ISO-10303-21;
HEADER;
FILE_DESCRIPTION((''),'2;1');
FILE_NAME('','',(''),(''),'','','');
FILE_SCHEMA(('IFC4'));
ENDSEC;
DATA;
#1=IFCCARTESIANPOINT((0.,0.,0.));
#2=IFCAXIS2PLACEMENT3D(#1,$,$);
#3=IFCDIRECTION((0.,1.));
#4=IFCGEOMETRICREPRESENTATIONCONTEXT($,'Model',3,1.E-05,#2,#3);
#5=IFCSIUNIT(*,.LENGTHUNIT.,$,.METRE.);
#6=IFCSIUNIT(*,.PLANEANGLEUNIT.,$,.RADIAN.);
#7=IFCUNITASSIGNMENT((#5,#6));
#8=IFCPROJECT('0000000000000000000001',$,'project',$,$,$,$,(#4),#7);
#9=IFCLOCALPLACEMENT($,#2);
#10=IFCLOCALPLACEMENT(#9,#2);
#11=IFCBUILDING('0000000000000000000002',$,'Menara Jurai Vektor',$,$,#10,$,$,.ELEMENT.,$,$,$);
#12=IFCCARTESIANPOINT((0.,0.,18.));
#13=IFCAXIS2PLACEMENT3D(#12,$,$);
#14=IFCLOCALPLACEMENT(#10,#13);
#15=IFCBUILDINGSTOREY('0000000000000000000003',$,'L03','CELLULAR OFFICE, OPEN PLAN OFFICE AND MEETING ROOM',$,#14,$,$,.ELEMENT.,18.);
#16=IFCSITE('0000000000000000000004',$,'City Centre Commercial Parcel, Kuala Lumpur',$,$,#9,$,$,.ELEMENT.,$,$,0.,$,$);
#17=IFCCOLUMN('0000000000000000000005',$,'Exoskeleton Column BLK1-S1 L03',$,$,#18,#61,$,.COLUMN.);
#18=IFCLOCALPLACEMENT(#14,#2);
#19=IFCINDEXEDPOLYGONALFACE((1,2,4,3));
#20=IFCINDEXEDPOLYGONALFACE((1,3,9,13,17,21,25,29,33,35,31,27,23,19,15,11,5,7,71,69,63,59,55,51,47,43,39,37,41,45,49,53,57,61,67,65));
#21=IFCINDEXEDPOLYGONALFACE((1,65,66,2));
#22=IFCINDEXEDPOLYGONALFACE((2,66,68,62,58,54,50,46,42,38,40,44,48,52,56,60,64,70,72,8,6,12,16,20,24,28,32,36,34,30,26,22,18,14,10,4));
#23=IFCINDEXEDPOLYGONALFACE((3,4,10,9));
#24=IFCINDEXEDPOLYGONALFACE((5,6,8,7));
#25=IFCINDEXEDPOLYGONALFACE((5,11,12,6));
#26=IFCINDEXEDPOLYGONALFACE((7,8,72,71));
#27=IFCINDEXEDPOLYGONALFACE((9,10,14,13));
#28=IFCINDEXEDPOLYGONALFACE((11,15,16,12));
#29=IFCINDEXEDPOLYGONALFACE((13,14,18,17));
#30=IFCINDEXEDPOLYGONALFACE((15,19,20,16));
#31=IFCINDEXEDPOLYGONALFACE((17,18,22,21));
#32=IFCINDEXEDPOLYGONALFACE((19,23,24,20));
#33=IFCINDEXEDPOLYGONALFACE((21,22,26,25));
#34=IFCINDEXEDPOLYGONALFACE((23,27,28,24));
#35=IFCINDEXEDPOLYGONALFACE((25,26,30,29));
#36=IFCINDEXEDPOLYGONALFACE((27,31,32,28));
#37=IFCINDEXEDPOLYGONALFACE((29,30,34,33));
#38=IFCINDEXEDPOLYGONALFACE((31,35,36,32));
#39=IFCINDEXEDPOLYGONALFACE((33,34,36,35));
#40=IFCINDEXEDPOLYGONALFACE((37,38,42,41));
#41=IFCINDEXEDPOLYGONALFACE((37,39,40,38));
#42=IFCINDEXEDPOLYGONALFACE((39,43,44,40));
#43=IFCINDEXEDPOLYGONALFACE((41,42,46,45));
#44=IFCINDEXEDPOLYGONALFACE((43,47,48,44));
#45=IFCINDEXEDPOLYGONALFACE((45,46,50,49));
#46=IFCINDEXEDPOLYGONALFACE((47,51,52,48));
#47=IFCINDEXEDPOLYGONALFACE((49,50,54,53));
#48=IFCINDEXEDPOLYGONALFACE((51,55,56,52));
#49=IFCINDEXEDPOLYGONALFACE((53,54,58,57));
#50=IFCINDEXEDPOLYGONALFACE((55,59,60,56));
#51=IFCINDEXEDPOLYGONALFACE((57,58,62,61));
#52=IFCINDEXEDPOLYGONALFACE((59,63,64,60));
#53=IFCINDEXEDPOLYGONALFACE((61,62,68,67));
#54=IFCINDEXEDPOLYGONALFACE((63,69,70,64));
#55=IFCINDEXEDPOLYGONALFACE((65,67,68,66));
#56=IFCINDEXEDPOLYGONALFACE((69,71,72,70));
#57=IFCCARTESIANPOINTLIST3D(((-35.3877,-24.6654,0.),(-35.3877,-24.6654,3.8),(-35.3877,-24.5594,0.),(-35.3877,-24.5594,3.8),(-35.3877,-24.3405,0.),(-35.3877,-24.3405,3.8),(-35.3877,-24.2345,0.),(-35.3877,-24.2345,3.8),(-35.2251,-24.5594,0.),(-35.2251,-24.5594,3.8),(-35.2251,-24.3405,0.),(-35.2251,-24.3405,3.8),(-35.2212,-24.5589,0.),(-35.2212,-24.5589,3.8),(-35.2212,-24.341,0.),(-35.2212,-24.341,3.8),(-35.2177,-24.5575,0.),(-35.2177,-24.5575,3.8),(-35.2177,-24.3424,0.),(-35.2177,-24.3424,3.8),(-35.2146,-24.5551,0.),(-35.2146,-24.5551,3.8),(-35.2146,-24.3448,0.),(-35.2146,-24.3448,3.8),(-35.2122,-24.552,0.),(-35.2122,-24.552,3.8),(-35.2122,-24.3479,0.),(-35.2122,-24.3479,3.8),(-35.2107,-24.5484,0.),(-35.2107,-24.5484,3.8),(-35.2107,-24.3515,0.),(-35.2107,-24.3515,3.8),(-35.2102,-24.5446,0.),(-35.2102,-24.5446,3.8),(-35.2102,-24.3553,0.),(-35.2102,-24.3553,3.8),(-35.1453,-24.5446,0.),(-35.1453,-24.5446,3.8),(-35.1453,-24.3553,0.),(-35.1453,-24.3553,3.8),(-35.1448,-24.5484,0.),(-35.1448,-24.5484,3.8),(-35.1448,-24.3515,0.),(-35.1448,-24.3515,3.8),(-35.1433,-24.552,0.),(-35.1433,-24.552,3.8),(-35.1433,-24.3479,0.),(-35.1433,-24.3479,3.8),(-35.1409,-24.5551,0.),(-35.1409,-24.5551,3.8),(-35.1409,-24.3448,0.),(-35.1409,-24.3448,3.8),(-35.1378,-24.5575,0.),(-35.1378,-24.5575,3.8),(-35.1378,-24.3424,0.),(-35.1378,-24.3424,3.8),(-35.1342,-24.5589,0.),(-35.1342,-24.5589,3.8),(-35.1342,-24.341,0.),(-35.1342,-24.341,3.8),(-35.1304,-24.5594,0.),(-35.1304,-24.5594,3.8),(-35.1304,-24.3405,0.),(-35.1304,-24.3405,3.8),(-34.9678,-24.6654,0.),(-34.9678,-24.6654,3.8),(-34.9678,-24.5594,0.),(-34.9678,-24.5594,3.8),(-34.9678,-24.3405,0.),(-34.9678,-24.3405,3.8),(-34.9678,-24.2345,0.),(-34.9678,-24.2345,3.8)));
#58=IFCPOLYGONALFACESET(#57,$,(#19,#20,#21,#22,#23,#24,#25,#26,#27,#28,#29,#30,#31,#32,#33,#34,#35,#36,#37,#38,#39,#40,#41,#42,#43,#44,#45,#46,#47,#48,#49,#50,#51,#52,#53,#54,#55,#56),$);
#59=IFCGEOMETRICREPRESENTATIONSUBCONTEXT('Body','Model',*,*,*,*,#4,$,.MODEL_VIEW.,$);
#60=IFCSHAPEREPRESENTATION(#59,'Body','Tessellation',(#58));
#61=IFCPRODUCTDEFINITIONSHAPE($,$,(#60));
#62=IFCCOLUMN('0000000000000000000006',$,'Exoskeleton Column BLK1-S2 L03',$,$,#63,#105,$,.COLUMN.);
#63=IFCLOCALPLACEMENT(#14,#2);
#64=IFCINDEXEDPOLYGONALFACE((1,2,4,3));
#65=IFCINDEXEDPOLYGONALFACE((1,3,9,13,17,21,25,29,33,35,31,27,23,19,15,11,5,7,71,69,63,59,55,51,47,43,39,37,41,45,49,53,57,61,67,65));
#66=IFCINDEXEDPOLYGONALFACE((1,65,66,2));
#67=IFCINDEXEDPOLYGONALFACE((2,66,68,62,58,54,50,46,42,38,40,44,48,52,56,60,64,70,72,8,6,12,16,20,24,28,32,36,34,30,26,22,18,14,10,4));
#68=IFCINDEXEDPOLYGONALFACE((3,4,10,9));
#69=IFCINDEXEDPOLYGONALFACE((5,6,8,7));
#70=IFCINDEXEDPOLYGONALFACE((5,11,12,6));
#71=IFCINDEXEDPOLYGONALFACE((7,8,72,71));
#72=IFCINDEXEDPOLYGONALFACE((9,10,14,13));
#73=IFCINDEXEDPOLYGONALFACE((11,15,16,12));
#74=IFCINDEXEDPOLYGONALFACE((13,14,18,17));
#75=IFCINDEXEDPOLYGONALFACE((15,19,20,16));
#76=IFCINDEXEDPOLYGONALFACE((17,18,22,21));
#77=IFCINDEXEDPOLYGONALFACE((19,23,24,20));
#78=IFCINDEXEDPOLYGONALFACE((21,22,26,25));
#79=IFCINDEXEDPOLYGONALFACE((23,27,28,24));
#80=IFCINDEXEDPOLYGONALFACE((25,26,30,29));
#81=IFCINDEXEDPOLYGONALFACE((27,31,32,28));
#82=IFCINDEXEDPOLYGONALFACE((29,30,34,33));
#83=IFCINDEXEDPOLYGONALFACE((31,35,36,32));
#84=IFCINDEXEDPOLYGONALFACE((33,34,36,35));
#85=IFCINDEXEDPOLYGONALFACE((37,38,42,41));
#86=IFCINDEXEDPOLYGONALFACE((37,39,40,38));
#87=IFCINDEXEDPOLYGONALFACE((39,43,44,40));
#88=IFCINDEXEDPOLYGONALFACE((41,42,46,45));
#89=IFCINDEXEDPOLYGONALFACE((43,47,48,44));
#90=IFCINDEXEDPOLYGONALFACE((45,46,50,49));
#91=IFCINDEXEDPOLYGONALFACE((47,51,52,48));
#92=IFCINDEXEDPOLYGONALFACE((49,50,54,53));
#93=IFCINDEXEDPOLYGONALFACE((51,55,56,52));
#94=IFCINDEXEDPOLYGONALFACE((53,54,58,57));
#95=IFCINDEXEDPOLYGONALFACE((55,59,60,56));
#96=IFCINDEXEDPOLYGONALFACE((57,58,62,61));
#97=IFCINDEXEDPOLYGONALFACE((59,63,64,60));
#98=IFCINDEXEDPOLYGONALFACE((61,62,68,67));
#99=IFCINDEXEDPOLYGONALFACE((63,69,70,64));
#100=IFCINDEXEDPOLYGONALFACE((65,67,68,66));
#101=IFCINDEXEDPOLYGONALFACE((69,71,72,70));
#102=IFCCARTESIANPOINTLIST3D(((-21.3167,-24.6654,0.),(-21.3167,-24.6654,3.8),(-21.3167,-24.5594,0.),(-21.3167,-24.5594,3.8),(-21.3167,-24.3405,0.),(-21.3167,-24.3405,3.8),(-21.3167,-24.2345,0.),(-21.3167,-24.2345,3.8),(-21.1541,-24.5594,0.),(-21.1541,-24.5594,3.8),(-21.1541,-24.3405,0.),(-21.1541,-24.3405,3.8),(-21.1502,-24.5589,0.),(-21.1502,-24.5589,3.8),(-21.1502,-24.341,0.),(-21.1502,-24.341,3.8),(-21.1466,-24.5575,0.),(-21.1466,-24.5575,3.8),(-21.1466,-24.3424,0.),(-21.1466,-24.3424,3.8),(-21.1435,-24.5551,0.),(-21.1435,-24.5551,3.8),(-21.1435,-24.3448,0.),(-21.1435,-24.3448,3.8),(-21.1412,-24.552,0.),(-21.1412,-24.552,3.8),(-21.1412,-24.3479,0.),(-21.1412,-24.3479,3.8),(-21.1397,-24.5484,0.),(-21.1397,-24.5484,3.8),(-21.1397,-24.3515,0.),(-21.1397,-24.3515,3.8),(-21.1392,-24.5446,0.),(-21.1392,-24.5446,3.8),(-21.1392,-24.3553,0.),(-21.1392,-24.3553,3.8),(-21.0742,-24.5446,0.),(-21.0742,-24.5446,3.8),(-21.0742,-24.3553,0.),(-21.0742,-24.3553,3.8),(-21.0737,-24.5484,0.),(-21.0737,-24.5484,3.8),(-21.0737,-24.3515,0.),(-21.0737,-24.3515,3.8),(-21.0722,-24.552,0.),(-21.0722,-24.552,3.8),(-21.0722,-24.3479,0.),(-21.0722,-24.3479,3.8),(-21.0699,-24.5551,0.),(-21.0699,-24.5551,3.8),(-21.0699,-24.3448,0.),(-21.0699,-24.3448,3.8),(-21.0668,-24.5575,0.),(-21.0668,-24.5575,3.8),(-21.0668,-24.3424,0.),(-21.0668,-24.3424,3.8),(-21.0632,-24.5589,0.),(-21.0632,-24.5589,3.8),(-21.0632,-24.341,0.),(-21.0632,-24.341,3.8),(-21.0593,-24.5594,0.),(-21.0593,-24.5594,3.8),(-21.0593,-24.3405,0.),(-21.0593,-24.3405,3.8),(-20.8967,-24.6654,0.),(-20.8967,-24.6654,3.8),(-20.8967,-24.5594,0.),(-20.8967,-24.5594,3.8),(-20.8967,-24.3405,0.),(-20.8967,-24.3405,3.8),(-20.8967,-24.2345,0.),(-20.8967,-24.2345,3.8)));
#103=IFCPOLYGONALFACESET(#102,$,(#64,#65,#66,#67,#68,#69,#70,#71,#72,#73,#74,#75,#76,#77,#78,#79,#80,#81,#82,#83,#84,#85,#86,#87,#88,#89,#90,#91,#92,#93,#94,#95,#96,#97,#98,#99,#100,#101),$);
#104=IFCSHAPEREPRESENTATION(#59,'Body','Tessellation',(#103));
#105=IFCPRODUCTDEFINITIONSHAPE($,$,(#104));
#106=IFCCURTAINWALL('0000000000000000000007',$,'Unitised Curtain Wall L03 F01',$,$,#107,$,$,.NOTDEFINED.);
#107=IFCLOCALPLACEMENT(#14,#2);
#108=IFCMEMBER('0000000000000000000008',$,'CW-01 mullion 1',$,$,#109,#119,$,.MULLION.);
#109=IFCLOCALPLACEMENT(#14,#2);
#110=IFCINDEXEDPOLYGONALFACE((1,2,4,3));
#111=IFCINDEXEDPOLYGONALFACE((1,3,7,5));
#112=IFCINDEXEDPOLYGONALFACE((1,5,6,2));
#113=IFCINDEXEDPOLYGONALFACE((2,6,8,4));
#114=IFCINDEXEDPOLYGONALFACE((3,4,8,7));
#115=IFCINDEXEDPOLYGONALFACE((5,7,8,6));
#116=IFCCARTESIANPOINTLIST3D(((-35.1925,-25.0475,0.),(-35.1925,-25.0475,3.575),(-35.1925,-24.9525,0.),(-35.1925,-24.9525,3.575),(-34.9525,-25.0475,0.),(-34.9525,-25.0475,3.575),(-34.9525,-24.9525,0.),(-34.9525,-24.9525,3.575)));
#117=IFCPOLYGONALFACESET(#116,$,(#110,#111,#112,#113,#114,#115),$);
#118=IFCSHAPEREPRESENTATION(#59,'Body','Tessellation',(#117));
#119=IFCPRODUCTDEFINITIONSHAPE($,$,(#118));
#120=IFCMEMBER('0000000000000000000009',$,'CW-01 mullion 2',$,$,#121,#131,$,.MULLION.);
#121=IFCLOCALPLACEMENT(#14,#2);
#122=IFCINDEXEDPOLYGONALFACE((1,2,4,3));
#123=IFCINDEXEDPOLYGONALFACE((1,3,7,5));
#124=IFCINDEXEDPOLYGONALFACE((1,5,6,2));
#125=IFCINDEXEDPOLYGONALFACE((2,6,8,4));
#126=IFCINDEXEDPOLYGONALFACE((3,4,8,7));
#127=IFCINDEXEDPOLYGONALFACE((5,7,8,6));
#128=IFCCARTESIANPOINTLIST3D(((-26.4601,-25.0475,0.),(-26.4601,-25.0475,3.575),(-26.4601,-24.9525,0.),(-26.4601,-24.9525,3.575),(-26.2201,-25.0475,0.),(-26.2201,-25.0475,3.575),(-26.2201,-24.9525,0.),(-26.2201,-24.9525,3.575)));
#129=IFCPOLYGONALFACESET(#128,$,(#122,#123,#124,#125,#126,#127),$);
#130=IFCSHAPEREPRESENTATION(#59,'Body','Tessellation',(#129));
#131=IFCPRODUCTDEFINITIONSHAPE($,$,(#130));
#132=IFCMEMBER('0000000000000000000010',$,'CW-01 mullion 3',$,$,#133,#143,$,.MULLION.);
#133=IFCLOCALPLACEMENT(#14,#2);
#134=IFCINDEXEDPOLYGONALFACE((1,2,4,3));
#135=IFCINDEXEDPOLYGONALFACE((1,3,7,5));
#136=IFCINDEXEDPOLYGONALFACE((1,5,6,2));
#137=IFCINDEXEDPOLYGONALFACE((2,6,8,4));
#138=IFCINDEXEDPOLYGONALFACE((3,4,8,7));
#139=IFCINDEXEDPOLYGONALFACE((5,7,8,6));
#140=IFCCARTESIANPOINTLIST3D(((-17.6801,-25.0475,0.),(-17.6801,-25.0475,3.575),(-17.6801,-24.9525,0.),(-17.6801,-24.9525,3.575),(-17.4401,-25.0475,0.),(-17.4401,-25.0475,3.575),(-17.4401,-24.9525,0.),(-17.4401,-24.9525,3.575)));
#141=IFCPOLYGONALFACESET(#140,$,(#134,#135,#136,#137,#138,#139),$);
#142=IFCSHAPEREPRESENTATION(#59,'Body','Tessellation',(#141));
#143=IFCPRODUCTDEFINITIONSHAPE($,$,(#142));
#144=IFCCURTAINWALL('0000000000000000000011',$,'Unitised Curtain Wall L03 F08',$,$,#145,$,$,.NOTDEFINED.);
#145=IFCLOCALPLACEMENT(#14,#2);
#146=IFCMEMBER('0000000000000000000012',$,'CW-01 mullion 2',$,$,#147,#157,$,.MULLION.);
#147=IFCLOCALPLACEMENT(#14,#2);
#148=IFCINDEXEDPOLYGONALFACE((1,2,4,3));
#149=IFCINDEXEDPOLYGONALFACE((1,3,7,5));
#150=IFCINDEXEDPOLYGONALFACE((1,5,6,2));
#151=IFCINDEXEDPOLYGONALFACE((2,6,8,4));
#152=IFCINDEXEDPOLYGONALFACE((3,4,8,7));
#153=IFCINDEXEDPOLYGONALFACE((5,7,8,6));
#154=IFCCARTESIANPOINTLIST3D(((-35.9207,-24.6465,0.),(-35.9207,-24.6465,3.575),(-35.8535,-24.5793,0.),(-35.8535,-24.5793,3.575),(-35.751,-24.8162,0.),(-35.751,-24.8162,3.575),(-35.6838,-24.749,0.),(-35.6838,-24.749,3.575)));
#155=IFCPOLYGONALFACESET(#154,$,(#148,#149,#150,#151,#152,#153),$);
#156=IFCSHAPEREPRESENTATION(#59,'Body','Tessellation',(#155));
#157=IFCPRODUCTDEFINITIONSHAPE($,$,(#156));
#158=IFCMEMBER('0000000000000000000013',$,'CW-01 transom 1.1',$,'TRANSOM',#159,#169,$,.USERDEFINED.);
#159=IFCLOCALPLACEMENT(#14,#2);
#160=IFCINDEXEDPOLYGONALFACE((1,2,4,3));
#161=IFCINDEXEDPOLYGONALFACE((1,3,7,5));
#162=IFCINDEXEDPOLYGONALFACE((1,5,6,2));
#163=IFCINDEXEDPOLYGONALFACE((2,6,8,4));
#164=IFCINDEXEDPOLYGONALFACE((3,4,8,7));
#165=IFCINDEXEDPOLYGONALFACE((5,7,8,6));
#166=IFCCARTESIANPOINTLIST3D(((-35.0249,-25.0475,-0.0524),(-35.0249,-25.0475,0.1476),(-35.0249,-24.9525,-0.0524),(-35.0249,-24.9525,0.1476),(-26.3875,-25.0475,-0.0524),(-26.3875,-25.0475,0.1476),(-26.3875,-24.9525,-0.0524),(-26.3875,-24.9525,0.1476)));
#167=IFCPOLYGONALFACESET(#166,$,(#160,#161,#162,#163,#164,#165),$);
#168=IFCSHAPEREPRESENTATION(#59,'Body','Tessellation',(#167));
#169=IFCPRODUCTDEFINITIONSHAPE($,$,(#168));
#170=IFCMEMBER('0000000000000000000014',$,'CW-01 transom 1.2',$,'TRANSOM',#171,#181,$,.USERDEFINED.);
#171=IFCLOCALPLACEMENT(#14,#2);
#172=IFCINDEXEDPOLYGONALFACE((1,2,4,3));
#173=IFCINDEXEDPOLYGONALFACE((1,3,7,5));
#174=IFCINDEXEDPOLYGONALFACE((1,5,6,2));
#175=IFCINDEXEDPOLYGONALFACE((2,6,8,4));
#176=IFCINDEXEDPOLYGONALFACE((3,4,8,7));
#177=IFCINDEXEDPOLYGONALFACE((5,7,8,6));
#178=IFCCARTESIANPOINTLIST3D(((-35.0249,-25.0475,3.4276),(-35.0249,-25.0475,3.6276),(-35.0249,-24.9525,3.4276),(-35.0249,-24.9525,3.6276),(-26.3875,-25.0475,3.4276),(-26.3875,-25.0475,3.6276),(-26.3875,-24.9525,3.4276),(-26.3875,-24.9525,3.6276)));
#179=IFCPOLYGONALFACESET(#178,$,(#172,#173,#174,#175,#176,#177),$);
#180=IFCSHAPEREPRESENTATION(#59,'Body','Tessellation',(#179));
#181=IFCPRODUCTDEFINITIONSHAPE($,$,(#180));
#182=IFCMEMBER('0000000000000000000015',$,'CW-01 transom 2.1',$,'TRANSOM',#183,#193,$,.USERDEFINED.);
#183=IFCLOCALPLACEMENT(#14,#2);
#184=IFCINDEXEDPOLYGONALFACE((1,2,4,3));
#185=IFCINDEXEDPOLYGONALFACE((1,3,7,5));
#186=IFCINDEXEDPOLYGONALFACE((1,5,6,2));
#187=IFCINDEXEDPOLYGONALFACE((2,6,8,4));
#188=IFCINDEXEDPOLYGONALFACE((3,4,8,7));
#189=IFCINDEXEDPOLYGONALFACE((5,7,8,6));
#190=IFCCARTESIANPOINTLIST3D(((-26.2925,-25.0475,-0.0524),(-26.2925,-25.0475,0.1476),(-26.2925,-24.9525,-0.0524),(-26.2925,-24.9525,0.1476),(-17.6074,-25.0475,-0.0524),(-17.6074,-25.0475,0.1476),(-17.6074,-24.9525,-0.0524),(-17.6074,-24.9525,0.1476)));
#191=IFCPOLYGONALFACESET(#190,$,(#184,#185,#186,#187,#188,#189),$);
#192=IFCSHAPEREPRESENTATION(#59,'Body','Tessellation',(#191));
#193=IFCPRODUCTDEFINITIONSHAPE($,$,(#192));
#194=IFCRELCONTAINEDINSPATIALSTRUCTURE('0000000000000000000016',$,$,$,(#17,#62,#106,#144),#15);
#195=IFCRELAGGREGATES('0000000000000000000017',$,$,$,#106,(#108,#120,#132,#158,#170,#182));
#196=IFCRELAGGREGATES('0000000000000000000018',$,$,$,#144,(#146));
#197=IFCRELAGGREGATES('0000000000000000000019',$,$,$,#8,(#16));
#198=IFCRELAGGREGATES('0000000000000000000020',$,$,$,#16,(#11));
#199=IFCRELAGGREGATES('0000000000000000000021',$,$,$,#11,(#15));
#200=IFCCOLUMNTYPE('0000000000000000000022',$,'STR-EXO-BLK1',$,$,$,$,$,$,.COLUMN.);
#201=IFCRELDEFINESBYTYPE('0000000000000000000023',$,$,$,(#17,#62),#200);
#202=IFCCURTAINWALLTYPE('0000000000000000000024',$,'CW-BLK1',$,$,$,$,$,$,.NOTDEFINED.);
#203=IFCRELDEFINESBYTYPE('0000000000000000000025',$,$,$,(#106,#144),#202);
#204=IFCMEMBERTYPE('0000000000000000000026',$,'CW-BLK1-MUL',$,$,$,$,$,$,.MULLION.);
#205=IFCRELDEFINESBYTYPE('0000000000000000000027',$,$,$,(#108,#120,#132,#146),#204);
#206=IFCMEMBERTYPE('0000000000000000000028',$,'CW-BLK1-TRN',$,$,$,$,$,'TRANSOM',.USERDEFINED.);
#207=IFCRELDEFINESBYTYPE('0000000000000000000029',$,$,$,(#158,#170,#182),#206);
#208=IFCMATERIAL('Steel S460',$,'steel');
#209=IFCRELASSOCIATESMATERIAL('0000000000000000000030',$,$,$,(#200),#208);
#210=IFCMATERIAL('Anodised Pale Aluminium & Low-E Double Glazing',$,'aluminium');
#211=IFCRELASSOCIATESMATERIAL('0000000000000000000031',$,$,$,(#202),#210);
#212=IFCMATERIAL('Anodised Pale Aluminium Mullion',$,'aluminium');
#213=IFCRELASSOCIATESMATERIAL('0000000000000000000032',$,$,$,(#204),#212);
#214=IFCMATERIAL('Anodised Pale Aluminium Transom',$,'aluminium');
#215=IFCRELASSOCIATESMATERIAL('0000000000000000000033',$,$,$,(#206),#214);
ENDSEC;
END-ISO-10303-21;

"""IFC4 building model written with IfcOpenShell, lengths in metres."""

from ifc_helpers import new_model, si_unit, direction, frame, origin, origin_2d, place, context, subcontext, project, spatial, rectangle, i_section, extrude, material, material_profile, profile_set, type_object, element, aggregate, save


model = new_model("IFC4")

# Units and contexts
model_context = context("Model", 3, precision=1e-05, world=origin(), true_north=direction((0.0, 1.0)))
body_context = subcontext(model_context, "Body", "Model", "MODEL_VIEW")
ifc_project = project(units=[si_unit("LENGTHUNIT", "METRE"), si_unit("PLANEANGLEUNIT", "RADIAN")], contexts=[model_context])

# Site, building, storey
site_placement = place(None, origin())
site = spatial("IfcSite", under=ifc_project, at=site_placement, Name="City Centre Commercial Parcel, Kuala Lumpur", CompositionType="ELEMENT", RefElevation=0.0)
building_placement = place(site_placement, origin())
building = spatial("IfcBuilding", under=site, at=building_placement, Name="Menara Jurai Vektor", CompositionType="ELEMENT")
storey_placement = place(building_placement, frame((0.0, 0.0, 18.0)))
storey = spatial("IfcBuildingStorey", under=building, at=storey_placement, Name="L03", Description="CELLULAR OFFICE, OPEN PLAN OFFICE AND MEETING ROOM", CompositionType="ELEMENT", Elevation=18.0)

# Columns
ifc_material_1 = material(Name="Steel S460", Category="steel")
ifc_material_profile_1 = material_profile(ifc_material_1, i_section(OverallWidth=0.4199, OverallDepth=0.4309, WebThickness=0.0649, FlangeThickness=0.106, FilletRadius=0.0149, at=origin_2d()), Name="HD 400x900")
ifc_profile_set_1 = profile_set([ifc_material_profile_1], Name="Steel S460")
column_type = type_object("IfcColumnType", Name="STR-EXO-BLK1", PredefinedType="COLUMN", material=ifc_profile_set_1)
for number, where, z_axis, x_axis, name in (
    (1, (-35.1777, -24.45, 0.0), (0.0, 0.0, 1.0), (1.0, 0.0, 0.0), "Exoskeleton Column BLK1-S1 L03"),
    (2, (-21.1067, -24.45, 0.0), (0.0, 0.0, 1.0), (1.0, 0.0, 0.0), "Exoskeleton Column BLK1-S2 L03"),
):
    element("IfcColumn", number, at=place(storey_placement, frame(where, z_axis=z_axis, x_axis=x_axis)), inside=storey, type_object=column_type, Name=name, PredefinedType="COLUMN", context=body_context, shape_type="SweptSolid", body=[
        extrude(i_section(OverallWidth=0.4199, OverallDepth=0.4309, WebThickness=0.0649, FlangeThickness=0.106, FilletRadius=0.0149, at=origin_2d()), origin(), (0.0, 0.0, 1.0), 3.8),
    ])

# Curtain wall, members
ifc_material_2 = material(Name="Anodised Pale Aluminium & Low-E Double Glazing", Category="aluminium")
curtain_wall_type = type_object("IfcCurtainWallType", Name="CW-BLK1", PredefinedType="NOTDEFINED", material=ifc_material_2)
curtain_wall_1_placement = place(storey_placement, origin())
curtain_wall_1 = element("IfcCurtainWall", 3, at=curtain_wall_1_placement, inside=storey, type_object=curtain_wall_type, Name="Unitised Curtain Wall L03 F01", PredefinedType="NOTDEFINED")
ifc_material_3 = material(Name="Anodised Pale Aluminium Mullion", Category="aluminium")
ifc_material_profile_2 = material_profile(ifc_material_3, rectangle(XDim=0.095, YDim=0.24, at=origin_2d()), Name="ALU MUL 95x240")
ifc_profile_set_2 = profile_set([ifc_material_profile_2], Name="Anodised Pale Aluminium Mullion")
member_type_1 = type_object("IfcMemberType", Name="CW-BLK1-MUL", PredefinedType="MULLION", material=ifc_profile_set_2)
member_1_placement = place(storey_placement, frame((-35.0725, -25.0, 0.0), z_axis=(0.0, 0.0, 1.0), x_axis=(0.0, 1.0, 0.0)))
member_1 = element("IfcMember", 4, at=member_1_placement, type_object=member_type_1, Name="CW-01 mullion 1", PredefinedType="MULLION", context=body_context, shape_type="SweptSolid", body=[
    extrude(rectangle(XDim=0.095, YDim=0.24, at=origin_2d()), origin(), (0.0, 0.0, 1.0), 3.575),
])
member_2_placement = place(storey_placement, frame((-26.3401, -25.0, 0.0), z_axis=(0.0, 0.0, 1.0), x_axis=(0.0, 1.0, 0.0)))
member_2 = element("IfcMember", 5, at=member_2_placement, type_object=member_type_1, Name="CW-01 mullion 2", PredefinedType="MULLION", context=body_context, shape_type="SweptSolid", body=[
    extrude(rectangle(XDim=0.095, YDim=0.24, at=origin_2d()), origin(), (0.0, 0.0, 1.0), 3.575),
])
member_3_placement = place(storey_placement, frame((-17.5601, -25.0, 0.0), z_axis=(0.0, 0.0, 1.0), x_axis=(0.0, 1.0, 0.0)))
member_3 = element("IfcMember", 6, at=member_3_placement, type_object=member_type_1, Name="CW-01 mullion 3", PredefinedType="MULLION", context=body_context, shape_type="SweptSolid", body=[
    extrude(rectangle(XDim=0.095, YDim=0.24, at=origin_2d()), origin(), (0.0, 0.0, 1.0), 3.575),
])

# Curtain wall, member
curtain_wall_2_placement = place(storey_placement, origin())
curtain_wall_2 = element("IfcCurtainWall", 7, at=curtain_wall_2_placement, inside=storey, type_object=curtain_wall_type, Name="Unitised Curtain Wall L03 F08", PredefinedType="NOTDEFINED")
member_4_placement = place(storey_placement, frame((-35.8022, -24.6978, 0.0), z_axis=(0.0, 0.0, 1.0), x_axis=(0.707107, 0.707107, 0.0)))
member_4 = element("IfcMember", 8, at=member_4_placement, type_object=member_type_1, Name="CW-01 mullion 2", PredefinedType="MULLION", context=body_context, shape_type="SweptSolid", body=[
    extrude(rectangle(XDim=0.095, YDim=0.24, at=origin_2d()), origin(), (0.0, 0.0, 1.0), 3.575),
])

# Members
ifc_material_4 = material(Name="Anodised Pale Aluminium Transom", Category="aluminium")
ifc_material_profile_3 = material_profile(ifc_material_4, rectangle(XDim=0.095, YDim=0.2, at=origin_2d()), Name="ALU TRN 95x200")
ifc_profile_set_3 = profile_set([ifc_material_profile_3], Name="Anodised Pale Aluminium Transom")
member_type_2 = type_object("IfcMemberType", Name="CW-BLK1-TRN", ElementType="TRANSOM", PredefinedType="USERDEFINED", material=ifc_profile_set_3)
member_5_placement = place(storey_placement, frame((-35.0249, -25.0, 0.0476), z_axis=(1.0, 0.0, 0.0), x_axis=(0.0, 1.0, 0.0)))
member_5 = element("IfcMember", 9, at=member_5_placement, type_object=member_type_2, Name="CW-01 transom 1.1", ObjectType="TRANSOM", PredefinedType="USERDEFINED", context=body_context, shape_type="SweptSolid", body=[
    extrude(rectangle(XDim=0.095, YDim=0.2, at=origin_2d()), origin(), (0.0, 0.0, 1.0), 8.6375),
])
member_6_placement = place(storey_placement, frame((-35.0249, -25.0, 3.5276), z_axis=(1.0, 0.0, 0.0), x_axis=(0.0, 1.0, 0.0)))
member_6 = element("IfcMember", 10, at=member_6_placement, type_object=member_type_2, Name="CW-01 transom 1.2", ObjectType="TRANSOM", PredefinedType="USERDEFINED", context=body_context, shape_type="SweptSolid", body=[
    extrude(rectangle(XDim=0.095, YDim=0.2, at=origin_2d()), origin(), (0.0, 0.0, 1.0), 8.6375),
])
member_7_placement = place(storey_placement, frame((-26.2925, -25.0, 0.0476), z_axis=(1.0, 0.0, 0.0), x_axis=(0.0, 1.0, 0.0)))
member_7 = element("IfcMember", 11, at=member_7_placement, type_object=member_type_2, Name="CW-01 transom 2.1", ObjectType="TRANSOM", PredefinedType="USERDEFINED", context=body_context, shape_type="SweptSolid", body=[
    extrude(rectangle(XDim=0.095, YDim=0.2, at=origin_2d()), origin(), (0.0, 0.0, 1.0), 8.6851),
])

aggregate(curtain_wall_1, [member_1, member_2, member_3, member_5, member_6, member_7])
aggregate(curtain_wall_2, [member_4])

save(model, "model.ifc")
